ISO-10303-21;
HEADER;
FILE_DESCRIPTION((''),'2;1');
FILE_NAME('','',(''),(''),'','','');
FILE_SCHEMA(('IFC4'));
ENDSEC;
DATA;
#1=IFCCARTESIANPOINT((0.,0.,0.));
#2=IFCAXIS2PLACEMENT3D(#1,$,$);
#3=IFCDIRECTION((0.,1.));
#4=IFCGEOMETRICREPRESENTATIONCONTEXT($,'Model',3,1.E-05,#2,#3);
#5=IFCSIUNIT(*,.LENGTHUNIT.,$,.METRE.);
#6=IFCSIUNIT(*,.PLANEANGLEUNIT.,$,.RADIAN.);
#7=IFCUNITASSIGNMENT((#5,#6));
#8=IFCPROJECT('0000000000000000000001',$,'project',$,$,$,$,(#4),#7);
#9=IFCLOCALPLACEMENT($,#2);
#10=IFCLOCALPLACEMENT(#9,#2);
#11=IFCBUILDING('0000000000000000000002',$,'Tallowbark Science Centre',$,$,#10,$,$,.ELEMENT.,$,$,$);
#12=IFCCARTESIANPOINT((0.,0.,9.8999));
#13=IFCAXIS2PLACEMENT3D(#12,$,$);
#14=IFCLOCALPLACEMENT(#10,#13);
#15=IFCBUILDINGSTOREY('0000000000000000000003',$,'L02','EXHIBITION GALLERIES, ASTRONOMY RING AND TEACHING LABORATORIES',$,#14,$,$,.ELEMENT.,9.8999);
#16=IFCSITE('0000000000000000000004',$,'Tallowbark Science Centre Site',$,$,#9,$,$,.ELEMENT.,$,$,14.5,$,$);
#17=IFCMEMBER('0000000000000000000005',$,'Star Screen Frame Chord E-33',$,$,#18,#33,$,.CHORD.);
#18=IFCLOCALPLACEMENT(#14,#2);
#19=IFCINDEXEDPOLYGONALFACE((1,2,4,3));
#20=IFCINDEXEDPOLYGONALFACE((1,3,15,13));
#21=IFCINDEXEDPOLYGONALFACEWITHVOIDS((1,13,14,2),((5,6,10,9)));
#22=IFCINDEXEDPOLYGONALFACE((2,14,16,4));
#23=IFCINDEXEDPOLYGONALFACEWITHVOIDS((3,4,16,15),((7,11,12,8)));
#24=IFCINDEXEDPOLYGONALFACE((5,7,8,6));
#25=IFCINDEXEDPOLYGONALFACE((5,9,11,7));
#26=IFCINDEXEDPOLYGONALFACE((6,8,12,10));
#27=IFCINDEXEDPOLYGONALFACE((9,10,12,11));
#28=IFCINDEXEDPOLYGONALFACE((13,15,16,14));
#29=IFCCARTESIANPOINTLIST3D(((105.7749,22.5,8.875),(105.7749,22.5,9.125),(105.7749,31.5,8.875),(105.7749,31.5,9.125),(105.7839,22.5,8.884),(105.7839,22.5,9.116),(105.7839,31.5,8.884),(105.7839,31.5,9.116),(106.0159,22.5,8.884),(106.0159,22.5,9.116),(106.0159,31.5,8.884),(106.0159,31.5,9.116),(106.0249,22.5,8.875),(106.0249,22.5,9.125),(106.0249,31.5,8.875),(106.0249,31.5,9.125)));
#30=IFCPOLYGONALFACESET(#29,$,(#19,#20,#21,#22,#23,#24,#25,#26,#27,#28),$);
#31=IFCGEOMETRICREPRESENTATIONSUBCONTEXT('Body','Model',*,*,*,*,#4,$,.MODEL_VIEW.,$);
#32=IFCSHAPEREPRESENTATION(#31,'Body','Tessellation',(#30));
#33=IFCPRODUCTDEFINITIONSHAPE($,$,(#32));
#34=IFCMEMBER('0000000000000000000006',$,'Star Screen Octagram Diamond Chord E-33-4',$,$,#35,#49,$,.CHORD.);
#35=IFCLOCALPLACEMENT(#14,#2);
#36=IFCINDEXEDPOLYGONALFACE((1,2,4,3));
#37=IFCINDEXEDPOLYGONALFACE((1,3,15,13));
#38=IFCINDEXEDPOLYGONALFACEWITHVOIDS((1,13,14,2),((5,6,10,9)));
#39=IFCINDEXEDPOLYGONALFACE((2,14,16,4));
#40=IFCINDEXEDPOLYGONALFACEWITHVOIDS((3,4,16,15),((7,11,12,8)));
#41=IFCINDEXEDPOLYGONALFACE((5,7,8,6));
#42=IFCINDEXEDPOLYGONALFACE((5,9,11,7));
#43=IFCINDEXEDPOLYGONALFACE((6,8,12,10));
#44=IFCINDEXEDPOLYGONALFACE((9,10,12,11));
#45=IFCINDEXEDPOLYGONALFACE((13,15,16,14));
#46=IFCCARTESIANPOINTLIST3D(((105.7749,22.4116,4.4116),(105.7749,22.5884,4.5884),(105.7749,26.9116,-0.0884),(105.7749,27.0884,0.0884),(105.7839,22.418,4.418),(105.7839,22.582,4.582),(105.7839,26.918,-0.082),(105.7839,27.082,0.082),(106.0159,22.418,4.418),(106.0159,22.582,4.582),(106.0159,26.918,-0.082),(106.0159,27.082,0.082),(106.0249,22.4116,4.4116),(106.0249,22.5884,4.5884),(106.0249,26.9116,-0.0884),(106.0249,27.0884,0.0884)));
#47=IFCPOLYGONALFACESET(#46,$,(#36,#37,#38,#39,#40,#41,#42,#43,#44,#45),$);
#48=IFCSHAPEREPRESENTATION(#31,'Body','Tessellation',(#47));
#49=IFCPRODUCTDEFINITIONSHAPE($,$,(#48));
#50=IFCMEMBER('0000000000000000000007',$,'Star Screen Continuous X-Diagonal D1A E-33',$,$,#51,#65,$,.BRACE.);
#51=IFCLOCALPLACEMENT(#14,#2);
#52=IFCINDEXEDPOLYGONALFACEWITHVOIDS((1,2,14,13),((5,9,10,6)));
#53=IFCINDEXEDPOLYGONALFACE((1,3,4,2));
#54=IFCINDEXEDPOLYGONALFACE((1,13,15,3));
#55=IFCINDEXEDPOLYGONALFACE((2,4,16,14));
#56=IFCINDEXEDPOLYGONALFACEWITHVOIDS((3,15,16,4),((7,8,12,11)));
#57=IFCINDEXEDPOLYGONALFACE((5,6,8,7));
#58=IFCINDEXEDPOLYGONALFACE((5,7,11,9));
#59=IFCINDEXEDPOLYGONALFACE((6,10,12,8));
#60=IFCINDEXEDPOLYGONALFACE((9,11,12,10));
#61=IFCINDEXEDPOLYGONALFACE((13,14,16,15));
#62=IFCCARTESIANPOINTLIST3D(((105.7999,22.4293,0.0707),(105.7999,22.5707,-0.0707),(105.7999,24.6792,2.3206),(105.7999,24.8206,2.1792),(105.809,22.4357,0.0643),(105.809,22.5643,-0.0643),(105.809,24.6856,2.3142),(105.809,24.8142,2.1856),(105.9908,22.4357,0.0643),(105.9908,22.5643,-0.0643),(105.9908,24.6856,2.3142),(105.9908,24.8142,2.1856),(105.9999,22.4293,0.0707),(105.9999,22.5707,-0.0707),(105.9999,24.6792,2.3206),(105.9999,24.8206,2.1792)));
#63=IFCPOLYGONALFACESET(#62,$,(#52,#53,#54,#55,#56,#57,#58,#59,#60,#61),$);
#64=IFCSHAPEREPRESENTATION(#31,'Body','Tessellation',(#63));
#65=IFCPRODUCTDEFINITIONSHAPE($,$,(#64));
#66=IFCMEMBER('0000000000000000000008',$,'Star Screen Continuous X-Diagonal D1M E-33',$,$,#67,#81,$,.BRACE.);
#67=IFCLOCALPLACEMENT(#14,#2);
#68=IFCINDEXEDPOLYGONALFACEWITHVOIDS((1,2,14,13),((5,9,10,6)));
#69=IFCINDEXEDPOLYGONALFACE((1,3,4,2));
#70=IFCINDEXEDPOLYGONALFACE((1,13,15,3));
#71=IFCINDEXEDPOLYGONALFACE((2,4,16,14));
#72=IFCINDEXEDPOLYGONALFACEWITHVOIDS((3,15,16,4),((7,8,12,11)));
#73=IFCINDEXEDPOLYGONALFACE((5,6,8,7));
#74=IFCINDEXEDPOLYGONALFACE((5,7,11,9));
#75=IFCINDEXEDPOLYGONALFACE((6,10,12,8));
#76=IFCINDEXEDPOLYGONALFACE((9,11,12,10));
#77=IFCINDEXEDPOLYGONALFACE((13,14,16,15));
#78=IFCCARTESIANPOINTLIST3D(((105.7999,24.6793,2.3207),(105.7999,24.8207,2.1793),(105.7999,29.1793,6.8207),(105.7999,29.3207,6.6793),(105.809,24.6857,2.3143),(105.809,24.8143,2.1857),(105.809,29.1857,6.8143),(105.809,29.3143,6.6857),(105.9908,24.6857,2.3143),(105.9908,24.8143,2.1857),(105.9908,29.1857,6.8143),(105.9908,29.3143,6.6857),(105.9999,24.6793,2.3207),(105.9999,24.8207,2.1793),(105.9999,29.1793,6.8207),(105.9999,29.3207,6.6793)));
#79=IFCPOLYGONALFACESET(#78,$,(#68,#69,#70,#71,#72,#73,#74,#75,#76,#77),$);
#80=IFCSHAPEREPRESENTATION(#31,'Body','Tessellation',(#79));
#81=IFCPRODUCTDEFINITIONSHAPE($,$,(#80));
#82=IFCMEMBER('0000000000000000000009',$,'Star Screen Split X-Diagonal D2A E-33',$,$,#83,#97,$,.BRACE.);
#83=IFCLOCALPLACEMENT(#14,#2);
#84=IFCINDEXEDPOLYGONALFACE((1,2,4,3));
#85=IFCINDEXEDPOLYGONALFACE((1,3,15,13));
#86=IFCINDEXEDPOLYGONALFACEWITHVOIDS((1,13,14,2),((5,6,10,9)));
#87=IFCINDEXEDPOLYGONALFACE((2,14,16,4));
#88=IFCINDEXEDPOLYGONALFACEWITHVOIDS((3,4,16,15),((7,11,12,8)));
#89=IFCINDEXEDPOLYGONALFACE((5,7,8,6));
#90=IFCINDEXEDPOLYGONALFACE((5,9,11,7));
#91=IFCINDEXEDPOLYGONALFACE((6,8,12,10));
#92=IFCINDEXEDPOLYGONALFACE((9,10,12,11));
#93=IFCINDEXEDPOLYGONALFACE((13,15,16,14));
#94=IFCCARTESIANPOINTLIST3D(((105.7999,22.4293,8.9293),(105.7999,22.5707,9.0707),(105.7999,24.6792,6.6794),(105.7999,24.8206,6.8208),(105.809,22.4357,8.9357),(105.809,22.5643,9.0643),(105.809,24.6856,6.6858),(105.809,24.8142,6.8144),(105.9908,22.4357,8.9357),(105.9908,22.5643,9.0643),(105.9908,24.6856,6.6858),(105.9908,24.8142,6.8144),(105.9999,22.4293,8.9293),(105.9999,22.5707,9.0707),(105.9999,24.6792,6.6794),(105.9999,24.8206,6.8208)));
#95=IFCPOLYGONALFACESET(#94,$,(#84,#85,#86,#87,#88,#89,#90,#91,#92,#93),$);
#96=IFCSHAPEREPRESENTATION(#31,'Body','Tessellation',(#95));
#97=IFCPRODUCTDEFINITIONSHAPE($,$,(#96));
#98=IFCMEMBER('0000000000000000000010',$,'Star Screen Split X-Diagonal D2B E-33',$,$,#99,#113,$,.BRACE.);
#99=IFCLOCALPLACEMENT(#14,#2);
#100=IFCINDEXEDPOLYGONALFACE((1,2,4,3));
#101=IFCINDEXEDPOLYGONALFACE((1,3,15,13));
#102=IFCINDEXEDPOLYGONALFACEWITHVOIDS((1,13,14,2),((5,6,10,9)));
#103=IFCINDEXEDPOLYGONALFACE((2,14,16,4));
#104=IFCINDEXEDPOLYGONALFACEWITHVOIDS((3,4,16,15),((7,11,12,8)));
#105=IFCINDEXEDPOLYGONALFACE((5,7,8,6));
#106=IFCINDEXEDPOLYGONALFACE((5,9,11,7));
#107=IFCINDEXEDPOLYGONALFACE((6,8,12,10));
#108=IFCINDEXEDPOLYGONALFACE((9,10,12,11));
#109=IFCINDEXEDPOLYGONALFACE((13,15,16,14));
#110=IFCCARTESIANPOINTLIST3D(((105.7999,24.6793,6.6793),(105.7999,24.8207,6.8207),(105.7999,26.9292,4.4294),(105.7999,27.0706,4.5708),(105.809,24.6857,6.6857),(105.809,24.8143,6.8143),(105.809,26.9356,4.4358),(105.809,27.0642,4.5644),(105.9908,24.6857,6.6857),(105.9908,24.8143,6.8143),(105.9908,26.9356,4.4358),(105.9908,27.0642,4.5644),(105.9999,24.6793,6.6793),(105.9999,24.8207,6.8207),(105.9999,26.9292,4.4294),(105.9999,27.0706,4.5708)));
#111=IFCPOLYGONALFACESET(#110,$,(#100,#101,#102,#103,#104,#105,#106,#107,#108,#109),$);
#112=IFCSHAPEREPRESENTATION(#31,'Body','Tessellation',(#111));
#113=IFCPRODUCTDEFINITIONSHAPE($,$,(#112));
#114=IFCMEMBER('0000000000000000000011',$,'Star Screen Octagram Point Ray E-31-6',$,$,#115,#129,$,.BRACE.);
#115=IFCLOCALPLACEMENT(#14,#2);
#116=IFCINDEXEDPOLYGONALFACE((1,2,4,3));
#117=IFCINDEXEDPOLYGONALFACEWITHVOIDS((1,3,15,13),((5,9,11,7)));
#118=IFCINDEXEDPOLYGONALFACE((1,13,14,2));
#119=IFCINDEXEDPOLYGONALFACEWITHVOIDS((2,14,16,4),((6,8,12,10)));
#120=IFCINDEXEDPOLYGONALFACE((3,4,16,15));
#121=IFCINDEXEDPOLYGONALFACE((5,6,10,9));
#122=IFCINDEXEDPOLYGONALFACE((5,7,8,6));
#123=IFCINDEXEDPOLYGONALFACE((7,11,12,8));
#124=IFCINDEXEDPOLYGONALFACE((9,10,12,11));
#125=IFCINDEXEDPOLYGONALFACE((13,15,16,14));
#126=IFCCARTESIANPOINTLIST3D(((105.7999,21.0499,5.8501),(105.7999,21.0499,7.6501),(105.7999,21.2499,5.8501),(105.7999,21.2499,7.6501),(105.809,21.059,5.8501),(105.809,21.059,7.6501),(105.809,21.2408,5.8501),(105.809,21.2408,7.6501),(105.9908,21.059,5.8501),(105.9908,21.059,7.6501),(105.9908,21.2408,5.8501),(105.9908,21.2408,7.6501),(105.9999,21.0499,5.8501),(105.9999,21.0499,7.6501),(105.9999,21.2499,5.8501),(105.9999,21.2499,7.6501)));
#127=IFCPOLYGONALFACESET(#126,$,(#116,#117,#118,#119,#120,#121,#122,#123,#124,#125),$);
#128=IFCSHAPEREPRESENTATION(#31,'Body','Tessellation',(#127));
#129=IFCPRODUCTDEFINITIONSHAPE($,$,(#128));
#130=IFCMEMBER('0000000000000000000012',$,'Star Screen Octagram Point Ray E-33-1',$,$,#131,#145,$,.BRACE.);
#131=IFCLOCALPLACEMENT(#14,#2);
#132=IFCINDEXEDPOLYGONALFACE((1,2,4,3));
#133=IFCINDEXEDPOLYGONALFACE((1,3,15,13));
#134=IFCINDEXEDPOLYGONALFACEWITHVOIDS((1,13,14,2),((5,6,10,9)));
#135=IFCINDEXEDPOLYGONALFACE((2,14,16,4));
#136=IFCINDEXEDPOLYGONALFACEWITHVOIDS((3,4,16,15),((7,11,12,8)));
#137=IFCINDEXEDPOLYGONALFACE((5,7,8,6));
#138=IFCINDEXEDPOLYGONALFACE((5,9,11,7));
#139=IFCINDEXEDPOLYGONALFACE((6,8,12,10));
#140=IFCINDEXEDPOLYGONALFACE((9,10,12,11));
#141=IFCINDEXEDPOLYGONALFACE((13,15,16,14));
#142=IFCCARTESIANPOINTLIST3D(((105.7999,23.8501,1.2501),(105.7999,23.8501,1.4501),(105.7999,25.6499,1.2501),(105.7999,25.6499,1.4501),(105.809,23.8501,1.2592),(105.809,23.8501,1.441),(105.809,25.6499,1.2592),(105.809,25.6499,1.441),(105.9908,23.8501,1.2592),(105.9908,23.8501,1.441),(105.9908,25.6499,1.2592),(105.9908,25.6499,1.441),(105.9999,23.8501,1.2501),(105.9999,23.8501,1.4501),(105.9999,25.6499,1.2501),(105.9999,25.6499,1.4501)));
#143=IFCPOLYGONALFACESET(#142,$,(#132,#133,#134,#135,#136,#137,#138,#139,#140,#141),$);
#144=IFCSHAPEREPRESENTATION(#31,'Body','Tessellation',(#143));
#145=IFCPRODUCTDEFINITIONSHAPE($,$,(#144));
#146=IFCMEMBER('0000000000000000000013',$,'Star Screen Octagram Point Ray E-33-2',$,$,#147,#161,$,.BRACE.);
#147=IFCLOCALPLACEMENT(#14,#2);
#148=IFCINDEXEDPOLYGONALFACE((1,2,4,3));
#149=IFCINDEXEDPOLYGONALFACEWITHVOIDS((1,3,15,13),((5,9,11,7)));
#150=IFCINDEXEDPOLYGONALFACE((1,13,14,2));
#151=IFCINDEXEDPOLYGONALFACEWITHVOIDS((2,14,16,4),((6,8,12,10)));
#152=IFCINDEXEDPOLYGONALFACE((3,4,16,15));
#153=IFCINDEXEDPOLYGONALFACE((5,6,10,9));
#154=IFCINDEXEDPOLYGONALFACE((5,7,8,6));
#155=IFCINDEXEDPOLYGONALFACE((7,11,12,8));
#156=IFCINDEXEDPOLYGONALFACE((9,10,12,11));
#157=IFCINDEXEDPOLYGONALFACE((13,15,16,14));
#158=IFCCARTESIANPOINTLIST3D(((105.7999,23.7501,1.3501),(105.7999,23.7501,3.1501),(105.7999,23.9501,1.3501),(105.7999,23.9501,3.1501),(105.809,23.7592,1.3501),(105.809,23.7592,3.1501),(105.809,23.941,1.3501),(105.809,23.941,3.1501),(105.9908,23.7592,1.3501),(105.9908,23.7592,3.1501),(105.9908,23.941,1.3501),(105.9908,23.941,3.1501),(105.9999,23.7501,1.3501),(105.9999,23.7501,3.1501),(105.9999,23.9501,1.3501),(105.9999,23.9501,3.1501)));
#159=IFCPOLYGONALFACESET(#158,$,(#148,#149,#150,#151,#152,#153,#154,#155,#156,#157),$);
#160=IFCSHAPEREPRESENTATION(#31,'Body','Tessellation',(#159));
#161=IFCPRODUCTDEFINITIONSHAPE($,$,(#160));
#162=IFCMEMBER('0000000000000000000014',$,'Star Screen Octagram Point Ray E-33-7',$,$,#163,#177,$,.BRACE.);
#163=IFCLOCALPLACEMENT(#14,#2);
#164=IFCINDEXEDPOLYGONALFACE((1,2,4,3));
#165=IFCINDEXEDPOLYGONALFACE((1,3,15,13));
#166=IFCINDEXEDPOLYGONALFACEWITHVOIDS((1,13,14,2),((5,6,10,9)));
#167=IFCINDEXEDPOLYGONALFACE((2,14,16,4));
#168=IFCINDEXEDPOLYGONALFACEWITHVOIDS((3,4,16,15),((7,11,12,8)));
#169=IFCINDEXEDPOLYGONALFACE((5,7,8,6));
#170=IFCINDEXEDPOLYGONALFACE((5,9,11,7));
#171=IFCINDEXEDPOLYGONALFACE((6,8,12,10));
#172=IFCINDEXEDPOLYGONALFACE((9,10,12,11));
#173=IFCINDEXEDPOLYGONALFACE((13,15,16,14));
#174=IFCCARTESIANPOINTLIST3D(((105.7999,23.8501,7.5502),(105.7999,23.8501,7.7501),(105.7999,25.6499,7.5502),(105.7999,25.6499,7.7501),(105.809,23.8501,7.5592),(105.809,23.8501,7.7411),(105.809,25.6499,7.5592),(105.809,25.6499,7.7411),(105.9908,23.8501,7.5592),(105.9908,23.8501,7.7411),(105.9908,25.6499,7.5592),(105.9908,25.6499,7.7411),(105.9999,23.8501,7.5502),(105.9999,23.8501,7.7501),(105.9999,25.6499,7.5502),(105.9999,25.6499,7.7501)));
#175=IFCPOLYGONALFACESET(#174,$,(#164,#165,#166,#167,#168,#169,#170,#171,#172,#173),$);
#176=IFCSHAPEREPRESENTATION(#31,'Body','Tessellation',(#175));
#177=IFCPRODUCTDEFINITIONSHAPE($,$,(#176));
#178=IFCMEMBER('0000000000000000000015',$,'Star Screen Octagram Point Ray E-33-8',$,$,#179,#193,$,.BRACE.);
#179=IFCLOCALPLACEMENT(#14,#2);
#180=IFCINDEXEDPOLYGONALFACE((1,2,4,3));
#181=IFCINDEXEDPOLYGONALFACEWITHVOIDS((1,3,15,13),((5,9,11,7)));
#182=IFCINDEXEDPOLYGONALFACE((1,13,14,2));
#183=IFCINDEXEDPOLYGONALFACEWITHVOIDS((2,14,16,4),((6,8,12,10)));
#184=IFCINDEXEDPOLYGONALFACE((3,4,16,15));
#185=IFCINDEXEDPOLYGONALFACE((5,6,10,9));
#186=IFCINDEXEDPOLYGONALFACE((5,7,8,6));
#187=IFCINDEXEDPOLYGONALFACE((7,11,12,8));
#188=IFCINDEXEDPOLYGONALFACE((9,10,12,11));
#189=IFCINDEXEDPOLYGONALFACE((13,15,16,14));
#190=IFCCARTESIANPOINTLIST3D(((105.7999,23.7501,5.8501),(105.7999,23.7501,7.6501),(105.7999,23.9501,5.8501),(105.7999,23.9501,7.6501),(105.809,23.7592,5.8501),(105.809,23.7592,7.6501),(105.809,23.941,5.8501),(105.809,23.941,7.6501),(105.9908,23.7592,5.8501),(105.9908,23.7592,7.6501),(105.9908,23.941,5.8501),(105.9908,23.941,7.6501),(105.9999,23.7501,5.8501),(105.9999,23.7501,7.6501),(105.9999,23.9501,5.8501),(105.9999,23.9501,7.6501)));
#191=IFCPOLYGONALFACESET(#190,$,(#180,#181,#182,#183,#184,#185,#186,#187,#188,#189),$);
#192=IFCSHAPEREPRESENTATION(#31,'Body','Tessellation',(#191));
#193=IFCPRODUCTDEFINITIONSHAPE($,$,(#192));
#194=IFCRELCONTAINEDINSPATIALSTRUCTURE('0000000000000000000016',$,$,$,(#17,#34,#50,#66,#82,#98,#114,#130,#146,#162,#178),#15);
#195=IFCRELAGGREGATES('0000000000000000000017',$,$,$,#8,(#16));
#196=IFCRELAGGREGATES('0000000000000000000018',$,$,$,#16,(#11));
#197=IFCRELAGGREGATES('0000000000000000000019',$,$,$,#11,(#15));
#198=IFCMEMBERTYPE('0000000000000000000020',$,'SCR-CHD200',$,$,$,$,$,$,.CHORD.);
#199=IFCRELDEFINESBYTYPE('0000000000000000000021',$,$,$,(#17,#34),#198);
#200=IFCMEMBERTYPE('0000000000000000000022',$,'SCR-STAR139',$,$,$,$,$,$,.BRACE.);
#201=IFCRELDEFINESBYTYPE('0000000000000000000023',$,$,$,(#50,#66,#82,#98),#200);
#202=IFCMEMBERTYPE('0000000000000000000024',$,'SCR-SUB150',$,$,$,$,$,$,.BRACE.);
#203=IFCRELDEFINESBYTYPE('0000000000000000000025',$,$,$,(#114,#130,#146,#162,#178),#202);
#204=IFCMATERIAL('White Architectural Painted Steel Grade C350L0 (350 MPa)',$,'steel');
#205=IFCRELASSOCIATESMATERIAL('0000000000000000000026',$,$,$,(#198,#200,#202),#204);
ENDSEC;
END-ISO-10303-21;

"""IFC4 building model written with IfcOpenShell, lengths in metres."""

from ifc_helpers import new_model, si_unit, direction, frame, origin, origin_2d, place, context, subcontext, project, spatial, hollow_rectangle, extrude, material, material_profile, profile_set, type_object, element, save


model = new_model("IFC4")

# Units and contexts
model_context = context("Model", 3, precision=1e-05, world=origin(), true_north=direction((0.0, 1.0)))
body_context = subcontext(model_context, "Body", "Model", "MODEL_VIEW")
ifc_project = project(units=[si_unit("LENGTHUNIT", "METRE"), si_unit("PLANEANGLEUNIT", "RADIAN")], contexts=[model_context])

# Site, building, storey
site_placement = place(None, origin())
site = spatial("IfcSite", under=ifc_project, at=site_placement, Name="Tallowbark Science Centre Site", CompositionType="ELEMENT", RefElevation=14.5)
building_placement = place(site_placement, origin())
building = spatial("IfcBuilding", under=site, at=building_placement, Name="Tallowbark Science Centre", CompositionType="ELEMENT")
storey_placement = place(building_placement, frame((0.0, 0.0, 9.8999)))
storey = spatial("IfcBuildingStorey", under=building, at=storey_placement, Name="L02", Description="EXHIBITION GALLERIES, ASTRONOMY RING AND TEACHING LABORATORIES", CompositionType="ELEMENT", Elevation=9.8999)

# Shared definitions
ifc_material_1 = material(Name="White Architectural Painted Steel Grade C350L0 (350 MPa)", Category="steel")

# Members
ifc_material_profile_1 = material_profile(ifc_material_1, hollow_rectangle(XDim=0.25, YDim=0.25, WallThickness=0.009, at=origin_2d()), Name="250x250x9.0SHS")
ifc_profile_set_1 = profile_set([ifc_material_profile_1], Name="White Architectural Painted Steel Grade C350L0 (350 MPa)")
member_type_1 = type_object("IfcMemberType", Name="SCR-CHD200", PredefinedType="CHORD", material=ifc_profile_set_1)
member_1_placement = place(storey_placement, frame((105.8999, 22.5, 9.0), z_axis=(0.0, 1.0, 0.0), x_axis=(-1.0, 0.0, 0.0)))
element("IfcMember", 1, at=member_1_placement, inside=storey, type_object=member_type_1, Name="Star Screen Frame Chord E-33", PredefinedType="CHORD", context=body_context, shape_type="SweptSolid", body=[
    extrude(hollow_rectangle(XDim=0.25, YDim=0.25, WallThickness=0.009, at=origin_2d()), origin(), (0.0, 0.0, 1.0), 9.0),
])
member_2_placement = place(storey_placement, frame((105.8999, 22.5, 4.5), z_axis=(0.0, 0.707107, -0.707107), x_axis=(-1.0, 0.0, 0.0)))
element("IfcMember", 2, at=member_2_placement, inside=storey, type_object=member_type_1, Name="Star Screen Octagram Diamond Chord E-33-4", PredefinedType="CHORD", context=body_context, shape_type="SweptSolid", body=[
    extrude(hollow_rectangle(XDim=0.25, YDim=0.25, WallThickness=0.009, at=origin_2d()), origin(), (0.0, 0.0, 1.0), 6.364),
])
ifc_material_profile_2 = material_profile(ifc_material_1, hollow_rectangle(XDim=0.2, YDim=0.2, WallThickness=0.009, at=origin_2d()), Name="200x200x9.0SHS")
ifc_profile_set_2 = profile_set([ifc_material_profile_2], Name="White Architectural Painted Steel Grade C350L0 (350 MPa)")
member_type_2 = type_object("IfcMemberType", Name="SCR-STAR139", PredefinedType="BRACE", material=ifc_profile_set_2)
member_3_placement = place(storey_placement, frame((105.8999, 22.5, 0.0), z_axis=(0.0, 0.707107, 0.707107), x_axis=(-1.0, 0.0, 0.0)))
element("IfcMember", 3, at=member_3_placement, inside=storey, type_object=member_type_2, Name="Star Screen Continuous X-Diagonal D1A E-33", PredefinedType="BRACE", context=body_context, shape_type="SweptSolid", body=[
    extrude(hollow_rectangle(XDim=0.2, YDim=0.2, WallThickness=0.009, at=origin_2d()), origin(), (0.0, 0.0, 1.0), 3.1819),
])
member_4_placement = place(storey_placement, frame((105.8999, 24.75, 2.25), z_axis=(0.0, 0.707107, 0.707107), x_axis=(-1.0, 0.0, 0.0)))
element("IfcMember", 4, at=member_4_placement, inside=storey, type_object=member_type_2, Name="Star Screen Continuous X-Diagonal D1M E-33", PredefinedType="BRACE", context=body_context, shape_type="SweptSolid", body=[
    extrude(hollow_rectangle(XDim=0.2, YDim=0.2, WallThickness=0.009, at=origin_2d()), origin(), (0.0, 0.0, 1.0), 6.364),
])
for number, where, z_axis, x_axis, name in (
    (5, (105.8999, 22.5, 9.0), (0.0, 0.707107, -0.707107), (-1.0, 0.0, 0.0), "Star Screen Split X-Diagonal D2A E-33"),
    (6, (105.8999, 24.75, 6.75), (0.0, 0.707107, -0.707107), (-1.0, 0.0, 0.0), "Star Screen Split X-Diagonal D2B E-33"),
):
    element("IfcMember", number, at=place(storey_placement, frame(where, z_axis=z_axis, x_axis=x_axis)), inside=storey, type_object=member_type_2, Name=name, PredefinedType="BRACE", context=body_context, shape_type="SweptSolid", body=[
        extrude(hollow_rectangle(XDim=0.2, YDim=0.2, WallThickness=0.009, at=origin_2d()), origin(), (0.0, 0.0, 1.0), 3.1819),
    ])
ifc_material_profile_3 = material_profile(ifc_material_1, hollow_rectangle(XDim=0.2, YDim=0.2, WallThickness=0.009, at=origin_2d()), Name="200x200x9.0SHS")
ifc_profile_set_3 = profile_set([ifc_material_profile_3], Name="White Architectural Painted Steel Grade C350L0 (350 MPa)")
member_type_3 = type_object("IfcMemberType", Name="SCR-SUB150", PredefinedType="BRACE", material=ifc_profile_set_3)
member_5_placement = place(storey_placement, frame((105.8999, 21.1499, 7.6501), z_axis=(0.0, 0.0, -1.0), x_axis=(1.0, 0.0, 0.0)))
element("IfcMember", 7, at=member_5_placement, inside=storey, type_object=member_type_3, Name="Star Screen Octagram Point Ray E-31-6", PredefinedType="BRACE", context=body_context, shape_type="SweptSolid", body=[
    extrude(hollow_rectangle(XDim=0.2, YDim=0.2, WallThickness=0.009, at=origin_2d()), origin(), (0.0, 0.0, 1.0), 1.8),
])
member_6_placement = place(storey_placement, frame((105.8999, 23.8501, 1.3501), z_axis=(0.0, 1.0, 0.0), x_axis=(-1.0, 0.0, 0.0)))
element("IfcMember", 8, at=member_6_placement, inside=storey, type_object=member_type_3, Name="Star Screen Octagram Point Ray E-33-1", PredefinedType="BRACE", context=body_context, shape_type="SweptSolid", body=[
    extrude(hollow_rectangle(XDim=0.2, YDim=0.2, WallThickness=0.009, at=origin_2d()), origin(), (0.0, 0.0, 1.0), 1.7998),
])
member_7_placement = place(storey_placement, frame((105.8999, 23.8501, 1.3501), z_axis=(0.0, 0.0, 1.0), x_axis=(1.0, 0.0, 0.0)))
element("IfcMember", 9, at=member_7_placement, inside=storey, type_object=member_type_3, Name="Star Screen Octagram Point Ray E-33-2", PredefinedType="BRACE", context=body_context, shape_type="SweptSolid", body=[
    extrude(hollow_rectangle(XDim=0.2, YDim=0.2, WallThickness=0.009, at=origin_2d()), origin(), (0.0, 0.0, 1.0), 1.8),
])
member_8_placement = place(storey_placement, frame((105.8999, 23.8501, 7.6501), z_axis=(0.0, 1.0, 0.0), x_axis=(-1.0, 0.0, 0.0)))
element("IfcMember", 10, at=member_8_placement, inside=storey, type_object=member_type_3, Name="Star Screen Octagram Point Ray E-33-7", PredefinedType="BRACE", context=body_context, shape_type="SweptSolid", body=[
    extrude(hollow_rectangle(XDim=0.2, YDim=0.2, WallThickness=0.009, at=origin_2d()), origin(), (0.0, 0.0, 1.0), 1.7998),
])
member_9_placement = place(storey_placement, frame((105.8999, 23.8501, 7.6501), z_axis=(0.0, 0.0, -1.0), x_axis=(1.0, 0.0, 0.0)))
element("IfcMember", 11, at=member_9_placement, inside=storey, type_object=member_type_3, Name="Star Screen Octagram Point Ray E-33-8", PredefinedType="BRACE", context=body_context, shape_type="SweptSolid", body=[
    extrude(hollow_rectangle(XDim=0.2, YDim=0.2, WallThickness=0.009, at=origin_2d()), origin(), (0.0, 0.0, 1.0), 1.8),
])

save(model, "model.ifc")
